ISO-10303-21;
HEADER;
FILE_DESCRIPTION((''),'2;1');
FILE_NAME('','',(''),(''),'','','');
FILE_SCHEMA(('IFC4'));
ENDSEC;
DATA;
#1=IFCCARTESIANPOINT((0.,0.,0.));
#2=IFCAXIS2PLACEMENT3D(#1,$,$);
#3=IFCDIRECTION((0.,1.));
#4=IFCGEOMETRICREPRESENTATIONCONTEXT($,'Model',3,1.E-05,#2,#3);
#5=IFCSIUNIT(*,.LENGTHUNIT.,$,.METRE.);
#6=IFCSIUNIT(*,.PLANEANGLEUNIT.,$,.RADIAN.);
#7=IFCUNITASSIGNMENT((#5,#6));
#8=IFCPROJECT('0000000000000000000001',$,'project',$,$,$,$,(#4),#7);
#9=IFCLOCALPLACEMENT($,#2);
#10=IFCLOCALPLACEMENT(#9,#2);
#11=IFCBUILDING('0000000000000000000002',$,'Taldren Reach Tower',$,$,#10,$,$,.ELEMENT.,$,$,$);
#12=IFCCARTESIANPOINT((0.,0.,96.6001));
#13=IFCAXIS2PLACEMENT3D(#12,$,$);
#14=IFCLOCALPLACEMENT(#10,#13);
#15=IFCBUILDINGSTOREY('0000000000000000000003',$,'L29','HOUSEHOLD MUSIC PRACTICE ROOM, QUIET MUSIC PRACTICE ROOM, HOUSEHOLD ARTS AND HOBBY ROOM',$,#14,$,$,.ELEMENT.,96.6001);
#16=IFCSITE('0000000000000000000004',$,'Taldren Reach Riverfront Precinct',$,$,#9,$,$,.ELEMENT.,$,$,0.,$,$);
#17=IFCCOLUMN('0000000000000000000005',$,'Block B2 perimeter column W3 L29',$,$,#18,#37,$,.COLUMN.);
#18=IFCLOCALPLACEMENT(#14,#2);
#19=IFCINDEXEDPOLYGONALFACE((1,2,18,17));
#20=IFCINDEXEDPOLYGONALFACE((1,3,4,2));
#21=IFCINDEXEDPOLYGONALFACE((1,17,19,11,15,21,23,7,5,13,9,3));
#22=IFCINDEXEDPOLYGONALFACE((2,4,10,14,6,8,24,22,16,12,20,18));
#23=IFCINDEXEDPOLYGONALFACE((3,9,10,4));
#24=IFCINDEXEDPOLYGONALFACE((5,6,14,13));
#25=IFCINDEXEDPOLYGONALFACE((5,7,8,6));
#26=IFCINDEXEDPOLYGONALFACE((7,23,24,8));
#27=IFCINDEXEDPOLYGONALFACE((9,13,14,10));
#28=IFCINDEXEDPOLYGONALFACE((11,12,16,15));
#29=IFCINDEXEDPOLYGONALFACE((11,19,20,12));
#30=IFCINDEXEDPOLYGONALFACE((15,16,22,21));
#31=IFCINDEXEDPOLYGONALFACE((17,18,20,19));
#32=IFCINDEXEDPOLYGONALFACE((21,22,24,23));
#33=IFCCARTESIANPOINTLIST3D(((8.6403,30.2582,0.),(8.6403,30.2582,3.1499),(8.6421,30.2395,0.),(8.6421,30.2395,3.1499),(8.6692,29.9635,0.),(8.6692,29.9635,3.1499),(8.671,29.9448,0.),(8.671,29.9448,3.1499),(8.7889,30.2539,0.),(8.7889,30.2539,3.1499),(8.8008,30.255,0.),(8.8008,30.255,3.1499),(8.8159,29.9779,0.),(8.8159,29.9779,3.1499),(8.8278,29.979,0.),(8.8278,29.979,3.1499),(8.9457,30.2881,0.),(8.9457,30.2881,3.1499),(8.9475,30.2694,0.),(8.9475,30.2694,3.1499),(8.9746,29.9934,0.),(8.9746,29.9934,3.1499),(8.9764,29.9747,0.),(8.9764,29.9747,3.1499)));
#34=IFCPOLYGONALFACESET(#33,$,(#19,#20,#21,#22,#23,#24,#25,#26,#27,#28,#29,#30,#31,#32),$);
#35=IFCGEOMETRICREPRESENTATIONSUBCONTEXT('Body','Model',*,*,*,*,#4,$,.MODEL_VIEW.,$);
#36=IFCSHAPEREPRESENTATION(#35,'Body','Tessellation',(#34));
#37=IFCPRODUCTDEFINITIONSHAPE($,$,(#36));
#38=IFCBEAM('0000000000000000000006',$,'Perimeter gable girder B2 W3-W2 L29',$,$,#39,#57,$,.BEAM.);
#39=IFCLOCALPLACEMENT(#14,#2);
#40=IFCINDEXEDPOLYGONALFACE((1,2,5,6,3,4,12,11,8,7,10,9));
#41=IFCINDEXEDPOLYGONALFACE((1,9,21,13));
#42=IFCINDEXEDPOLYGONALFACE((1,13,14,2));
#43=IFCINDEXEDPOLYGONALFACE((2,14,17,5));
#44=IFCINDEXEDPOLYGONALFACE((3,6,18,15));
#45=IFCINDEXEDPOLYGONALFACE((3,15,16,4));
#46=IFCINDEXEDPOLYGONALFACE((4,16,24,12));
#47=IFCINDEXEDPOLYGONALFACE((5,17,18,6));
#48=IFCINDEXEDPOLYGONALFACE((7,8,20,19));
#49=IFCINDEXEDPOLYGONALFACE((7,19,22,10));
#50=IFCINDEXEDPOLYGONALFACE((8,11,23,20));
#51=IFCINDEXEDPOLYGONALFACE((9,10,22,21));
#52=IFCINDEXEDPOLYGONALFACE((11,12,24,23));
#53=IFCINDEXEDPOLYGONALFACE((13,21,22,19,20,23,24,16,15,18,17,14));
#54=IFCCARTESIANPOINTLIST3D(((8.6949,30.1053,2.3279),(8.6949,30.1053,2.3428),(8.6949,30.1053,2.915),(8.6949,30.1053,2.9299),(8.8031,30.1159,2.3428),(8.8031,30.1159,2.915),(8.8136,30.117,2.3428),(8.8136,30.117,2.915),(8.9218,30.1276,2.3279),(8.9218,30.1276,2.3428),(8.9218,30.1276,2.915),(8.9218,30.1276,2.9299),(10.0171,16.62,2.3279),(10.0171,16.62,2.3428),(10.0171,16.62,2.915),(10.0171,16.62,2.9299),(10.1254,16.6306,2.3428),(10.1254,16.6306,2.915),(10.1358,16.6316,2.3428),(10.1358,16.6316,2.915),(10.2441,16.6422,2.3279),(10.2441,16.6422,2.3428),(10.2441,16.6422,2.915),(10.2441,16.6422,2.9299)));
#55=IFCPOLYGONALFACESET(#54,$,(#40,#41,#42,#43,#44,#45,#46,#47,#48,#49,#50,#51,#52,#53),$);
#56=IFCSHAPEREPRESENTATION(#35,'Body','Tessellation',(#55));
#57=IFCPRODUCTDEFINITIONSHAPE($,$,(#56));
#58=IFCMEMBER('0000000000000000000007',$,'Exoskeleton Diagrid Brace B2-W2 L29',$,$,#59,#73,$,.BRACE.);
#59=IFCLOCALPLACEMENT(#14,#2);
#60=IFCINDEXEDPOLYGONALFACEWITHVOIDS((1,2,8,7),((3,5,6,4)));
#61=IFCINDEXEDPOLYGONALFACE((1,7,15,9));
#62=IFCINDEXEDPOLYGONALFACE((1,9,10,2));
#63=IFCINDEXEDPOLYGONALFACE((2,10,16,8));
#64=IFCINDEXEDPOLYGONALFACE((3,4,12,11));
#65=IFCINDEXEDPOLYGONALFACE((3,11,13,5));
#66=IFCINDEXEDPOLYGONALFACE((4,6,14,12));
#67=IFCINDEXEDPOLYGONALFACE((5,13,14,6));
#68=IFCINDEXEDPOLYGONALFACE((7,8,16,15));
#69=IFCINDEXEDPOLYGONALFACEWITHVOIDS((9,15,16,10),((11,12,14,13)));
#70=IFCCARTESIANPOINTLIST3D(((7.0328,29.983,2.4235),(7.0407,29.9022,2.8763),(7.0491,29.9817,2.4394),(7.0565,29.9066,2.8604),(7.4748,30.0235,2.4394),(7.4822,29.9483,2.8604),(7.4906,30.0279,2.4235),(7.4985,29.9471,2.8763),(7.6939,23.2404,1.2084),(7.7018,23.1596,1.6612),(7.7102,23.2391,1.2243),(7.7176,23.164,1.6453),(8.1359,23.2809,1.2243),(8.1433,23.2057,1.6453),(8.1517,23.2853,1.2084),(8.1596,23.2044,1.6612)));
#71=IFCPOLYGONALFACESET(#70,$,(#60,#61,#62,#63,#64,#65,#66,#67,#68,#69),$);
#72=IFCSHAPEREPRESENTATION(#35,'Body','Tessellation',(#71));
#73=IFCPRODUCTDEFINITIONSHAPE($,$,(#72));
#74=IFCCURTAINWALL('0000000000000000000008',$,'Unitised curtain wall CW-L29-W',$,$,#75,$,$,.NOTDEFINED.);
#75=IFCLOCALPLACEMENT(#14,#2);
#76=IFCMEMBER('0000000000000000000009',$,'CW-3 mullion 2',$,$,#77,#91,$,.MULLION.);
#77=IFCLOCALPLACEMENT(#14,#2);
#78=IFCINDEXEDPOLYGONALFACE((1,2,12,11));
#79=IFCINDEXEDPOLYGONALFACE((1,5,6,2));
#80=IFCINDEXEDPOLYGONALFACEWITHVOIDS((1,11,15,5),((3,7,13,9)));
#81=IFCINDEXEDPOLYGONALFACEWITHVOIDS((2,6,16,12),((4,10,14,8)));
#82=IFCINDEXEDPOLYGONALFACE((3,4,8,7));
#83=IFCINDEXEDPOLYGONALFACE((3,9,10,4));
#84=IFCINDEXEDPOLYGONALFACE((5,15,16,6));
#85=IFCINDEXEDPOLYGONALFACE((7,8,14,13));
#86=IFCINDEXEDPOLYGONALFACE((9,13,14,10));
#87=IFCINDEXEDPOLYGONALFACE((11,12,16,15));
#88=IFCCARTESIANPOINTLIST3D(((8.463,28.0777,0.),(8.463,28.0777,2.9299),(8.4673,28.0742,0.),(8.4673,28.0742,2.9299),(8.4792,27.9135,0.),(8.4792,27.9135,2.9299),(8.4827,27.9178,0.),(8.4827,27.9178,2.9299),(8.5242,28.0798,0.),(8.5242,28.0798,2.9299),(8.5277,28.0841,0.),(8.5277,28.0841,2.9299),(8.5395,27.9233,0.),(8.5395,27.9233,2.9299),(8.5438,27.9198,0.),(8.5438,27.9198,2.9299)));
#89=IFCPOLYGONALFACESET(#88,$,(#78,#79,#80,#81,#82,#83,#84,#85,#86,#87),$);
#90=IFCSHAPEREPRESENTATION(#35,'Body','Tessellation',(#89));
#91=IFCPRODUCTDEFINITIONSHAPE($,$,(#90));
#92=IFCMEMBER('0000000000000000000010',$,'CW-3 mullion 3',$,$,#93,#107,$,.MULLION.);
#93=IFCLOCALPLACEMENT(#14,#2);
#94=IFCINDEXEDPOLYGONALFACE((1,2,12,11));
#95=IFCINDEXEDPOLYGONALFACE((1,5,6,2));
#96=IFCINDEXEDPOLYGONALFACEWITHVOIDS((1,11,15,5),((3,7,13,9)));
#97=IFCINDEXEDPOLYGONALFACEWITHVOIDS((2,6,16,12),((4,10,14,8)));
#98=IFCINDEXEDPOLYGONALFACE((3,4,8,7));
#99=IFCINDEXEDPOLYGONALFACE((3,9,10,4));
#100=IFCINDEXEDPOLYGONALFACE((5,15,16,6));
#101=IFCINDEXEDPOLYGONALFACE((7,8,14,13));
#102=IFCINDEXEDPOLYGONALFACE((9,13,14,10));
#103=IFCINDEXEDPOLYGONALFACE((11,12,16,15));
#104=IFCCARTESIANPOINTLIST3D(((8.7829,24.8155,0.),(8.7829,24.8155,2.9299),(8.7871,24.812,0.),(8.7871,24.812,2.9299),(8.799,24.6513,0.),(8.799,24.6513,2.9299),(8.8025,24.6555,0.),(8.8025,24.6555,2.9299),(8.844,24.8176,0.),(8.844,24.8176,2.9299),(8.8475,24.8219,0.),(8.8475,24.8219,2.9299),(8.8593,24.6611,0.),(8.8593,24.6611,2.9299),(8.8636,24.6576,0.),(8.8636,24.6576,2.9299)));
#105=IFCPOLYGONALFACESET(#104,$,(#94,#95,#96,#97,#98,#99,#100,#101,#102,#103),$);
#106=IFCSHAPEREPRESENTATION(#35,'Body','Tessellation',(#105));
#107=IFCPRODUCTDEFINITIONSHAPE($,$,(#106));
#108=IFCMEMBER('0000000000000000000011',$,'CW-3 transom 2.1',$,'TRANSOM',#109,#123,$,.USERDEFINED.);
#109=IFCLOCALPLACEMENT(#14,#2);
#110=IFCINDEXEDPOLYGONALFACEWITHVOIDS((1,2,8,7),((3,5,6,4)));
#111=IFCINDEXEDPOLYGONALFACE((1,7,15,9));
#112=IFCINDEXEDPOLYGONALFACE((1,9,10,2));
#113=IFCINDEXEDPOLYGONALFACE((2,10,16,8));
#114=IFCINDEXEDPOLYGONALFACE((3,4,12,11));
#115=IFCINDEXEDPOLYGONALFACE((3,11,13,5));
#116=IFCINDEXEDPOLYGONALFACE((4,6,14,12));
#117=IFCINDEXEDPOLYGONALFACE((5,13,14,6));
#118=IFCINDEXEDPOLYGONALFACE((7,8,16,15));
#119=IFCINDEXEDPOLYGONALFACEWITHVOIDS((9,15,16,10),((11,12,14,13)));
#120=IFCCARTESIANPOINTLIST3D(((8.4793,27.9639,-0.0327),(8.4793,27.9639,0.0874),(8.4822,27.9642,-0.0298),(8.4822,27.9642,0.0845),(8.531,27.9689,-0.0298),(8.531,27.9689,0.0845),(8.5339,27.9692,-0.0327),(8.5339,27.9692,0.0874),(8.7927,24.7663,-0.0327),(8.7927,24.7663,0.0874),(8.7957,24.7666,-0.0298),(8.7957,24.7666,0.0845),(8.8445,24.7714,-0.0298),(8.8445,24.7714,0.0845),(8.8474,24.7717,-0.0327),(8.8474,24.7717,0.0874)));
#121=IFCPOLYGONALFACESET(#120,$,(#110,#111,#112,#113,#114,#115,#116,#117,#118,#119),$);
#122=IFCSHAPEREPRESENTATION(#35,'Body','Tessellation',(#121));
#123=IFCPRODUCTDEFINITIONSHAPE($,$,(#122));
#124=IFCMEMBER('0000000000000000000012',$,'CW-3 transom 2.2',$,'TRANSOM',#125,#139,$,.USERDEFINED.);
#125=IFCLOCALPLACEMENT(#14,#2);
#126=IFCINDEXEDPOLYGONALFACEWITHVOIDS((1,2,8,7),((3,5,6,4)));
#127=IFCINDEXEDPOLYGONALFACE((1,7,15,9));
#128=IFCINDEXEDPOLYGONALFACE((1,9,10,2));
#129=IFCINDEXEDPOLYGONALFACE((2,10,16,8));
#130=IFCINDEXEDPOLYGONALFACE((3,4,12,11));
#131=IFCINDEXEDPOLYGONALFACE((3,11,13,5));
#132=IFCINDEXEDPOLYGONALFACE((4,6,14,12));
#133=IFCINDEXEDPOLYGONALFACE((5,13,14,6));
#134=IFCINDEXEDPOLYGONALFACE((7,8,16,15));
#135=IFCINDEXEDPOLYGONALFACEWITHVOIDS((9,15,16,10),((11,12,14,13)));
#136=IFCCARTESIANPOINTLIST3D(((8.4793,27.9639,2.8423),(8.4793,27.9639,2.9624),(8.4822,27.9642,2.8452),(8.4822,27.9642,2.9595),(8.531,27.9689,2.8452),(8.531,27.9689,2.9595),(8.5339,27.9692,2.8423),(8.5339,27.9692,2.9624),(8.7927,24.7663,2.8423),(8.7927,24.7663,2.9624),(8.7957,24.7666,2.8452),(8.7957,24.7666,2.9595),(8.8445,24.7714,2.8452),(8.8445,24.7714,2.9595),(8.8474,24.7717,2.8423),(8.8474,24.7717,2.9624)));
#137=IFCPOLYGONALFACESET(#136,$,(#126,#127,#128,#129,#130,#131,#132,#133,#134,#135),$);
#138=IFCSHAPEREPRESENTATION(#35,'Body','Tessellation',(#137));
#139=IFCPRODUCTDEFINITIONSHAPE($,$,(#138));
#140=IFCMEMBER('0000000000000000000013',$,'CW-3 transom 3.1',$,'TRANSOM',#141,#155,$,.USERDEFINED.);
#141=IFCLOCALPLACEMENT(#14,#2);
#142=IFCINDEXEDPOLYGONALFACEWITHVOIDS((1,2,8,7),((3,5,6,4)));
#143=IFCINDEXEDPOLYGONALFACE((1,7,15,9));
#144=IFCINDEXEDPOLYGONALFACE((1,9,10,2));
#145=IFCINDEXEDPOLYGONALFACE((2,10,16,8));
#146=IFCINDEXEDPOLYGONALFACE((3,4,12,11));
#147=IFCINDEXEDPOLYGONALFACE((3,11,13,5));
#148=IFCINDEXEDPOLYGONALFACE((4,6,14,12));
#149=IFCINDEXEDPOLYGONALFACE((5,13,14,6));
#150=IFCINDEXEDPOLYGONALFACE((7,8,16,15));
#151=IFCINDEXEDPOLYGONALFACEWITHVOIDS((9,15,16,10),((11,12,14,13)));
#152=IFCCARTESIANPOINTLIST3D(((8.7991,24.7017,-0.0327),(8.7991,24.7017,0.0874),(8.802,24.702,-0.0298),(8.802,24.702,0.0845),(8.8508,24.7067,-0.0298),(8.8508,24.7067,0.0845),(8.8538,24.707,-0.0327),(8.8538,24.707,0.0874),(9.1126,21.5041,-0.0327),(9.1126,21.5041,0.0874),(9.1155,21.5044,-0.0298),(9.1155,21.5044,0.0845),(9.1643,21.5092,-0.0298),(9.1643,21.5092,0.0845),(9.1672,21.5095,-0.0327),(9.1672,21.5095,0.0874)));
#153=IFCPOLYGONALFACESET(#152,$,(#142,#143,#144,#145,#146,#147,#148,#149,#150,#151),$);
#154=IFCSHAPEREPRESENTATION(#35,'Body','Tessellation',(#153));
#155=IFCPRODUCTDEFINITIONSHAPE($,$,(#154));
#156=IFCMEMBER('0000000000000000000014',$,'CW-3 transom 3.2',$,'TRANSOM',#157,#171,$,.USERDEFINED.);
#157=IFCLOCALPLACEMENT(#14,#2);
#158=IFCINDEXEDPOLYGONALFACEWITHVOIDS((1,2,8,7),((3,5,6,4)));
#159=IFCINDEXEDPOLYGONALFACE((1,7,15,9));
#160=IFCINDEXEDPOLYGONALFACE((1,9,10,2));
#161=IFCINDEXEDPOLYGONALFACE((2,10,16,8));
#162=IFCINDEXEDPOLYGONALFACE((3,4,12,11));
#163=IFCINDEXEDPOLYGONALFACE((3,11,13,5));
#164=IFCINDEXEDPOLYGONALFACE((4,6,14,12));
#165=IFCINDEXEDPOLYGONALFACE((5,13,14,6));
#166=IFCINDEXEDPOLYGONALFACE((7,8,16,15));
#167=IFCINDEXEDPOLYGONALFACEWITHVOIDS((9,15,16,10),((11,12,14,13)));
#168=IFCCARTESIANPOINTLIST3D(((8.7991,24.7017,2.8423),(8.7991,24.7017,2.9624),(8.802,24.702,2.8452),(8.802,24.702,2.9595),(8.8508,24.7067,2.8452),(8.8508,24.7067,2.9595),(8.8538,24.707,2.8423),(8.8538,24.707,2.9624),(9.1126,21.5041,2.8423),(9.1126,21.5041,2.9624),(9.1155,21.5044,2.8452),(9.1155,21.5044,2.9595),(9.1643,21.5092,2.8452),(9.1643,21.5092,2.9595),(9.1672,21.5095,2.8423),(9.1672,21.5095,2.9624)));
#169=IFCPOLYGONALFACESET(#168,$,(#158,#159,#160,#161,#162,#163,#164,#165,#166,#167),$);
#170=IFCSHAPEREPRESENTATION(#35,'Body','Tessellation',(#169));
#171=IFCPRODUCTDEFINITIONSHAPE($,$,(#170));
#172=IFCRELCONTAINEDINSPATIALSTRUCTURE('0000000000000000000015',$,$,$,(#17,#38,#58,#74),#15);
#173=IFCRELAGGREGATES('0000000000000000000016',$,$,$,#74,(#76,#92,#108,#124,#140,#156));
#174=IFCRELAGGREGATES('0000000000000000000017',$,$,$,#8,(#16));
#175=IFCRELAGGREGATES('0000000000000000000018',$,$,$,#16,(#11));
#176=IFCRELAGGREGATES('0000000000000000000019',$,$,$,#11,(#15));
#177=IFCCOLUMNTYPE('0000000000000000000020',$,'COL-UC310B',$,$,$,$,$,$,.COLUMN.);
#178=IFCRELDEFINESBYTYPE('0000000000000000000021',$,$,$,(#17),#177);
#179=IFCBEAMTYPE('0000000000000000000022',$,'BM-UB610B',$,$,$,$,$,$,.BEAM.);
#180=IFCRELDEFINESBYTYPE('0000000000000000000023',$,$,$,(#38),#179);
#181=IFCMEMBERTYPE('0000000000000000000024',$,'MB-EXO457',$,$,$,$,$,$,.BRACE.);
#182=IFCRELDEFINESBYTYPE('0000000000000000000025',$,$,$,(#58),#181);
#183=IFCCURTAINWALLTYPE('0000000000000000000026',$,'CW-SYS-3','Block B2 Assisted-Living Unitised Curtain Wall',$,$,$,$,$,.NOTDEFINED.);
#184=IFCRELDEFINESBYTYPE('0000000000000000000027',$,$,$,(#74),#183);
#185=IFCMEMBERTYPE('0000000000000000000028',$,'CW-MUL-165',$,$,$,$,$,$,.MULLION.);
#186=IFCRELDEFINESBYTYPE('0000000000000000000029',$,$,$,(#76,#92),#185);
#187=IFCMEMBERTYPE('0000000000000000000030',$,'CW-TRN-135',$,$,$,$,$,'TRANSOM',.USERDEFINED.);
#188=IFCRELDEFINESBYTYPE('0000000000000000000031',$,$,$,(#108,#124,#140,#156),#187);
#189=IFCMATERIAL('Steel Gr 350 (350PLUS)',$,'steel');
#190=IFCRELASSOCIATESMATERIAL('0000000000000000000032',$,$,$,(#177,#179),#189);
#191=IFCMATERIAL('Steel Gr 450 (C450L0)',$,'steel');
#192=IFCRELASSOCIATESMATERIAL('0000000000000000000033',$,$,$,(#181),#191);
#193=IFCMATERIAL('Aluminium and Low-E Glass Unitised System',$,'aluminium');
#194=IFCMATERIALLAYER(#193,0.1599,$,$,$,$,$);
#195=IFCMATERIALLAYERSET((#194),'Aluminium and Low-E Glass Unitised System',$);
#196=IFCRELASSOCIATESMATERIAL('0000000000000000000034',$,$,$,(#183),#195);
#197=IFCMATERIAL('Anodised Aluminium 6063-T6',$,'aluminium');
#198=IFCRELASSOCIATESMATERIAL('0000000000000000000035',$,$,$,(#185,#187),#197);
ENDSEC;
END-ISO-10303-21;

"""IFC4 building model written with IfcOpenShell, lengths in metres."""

from ifc_helpers import new_model, si_unit, direction, frame, origin, origin_2d, place, context, subcontext, project, spatial, hollow_rectangle, i_section, extrude, source, transform, mapped, material, layer, layer_set, material_profile, profile_set, type_object, element, aggregate, save


model = new_model("IFC4")

# Units and contexts
model_context = context("Model", 3, precision=1e-05, world=origin(), true_north=direction((0.0, 1.0)))
body_context = subcontext(model_context, "Body", "Model", "MODEL_VIEW")
ifc_project = project(units=[si_unit("LENGTHUNIT", "METRE"), si_unit("PLANEANGLEUNIT", "RADIAN")], contexts=[model_context])

# Site, building, storey
site_placement = place(None, origin())
site = spatial("IfcSite", under=ifc_project, at=site_placement, Name="Taldren Reach Riverfront Precinct", CompositionType="ELEMENT", RefElevation=0.0)
building_placement = place(site_placement, origin())
building = spatial("IfcBuilding", under=site, at=building_placement, Name="Taldren Reach Tower", CompositionType="ELEMENT")
storey_placement = place(building_placement, frame((0.0, 0.0, 96.6001)))
storey = spatial("IfcBuildingStorey", under=building, at=storey_placement, Name="L29", Description="HOUSEHOLD MUSIC PRACTICE ROOM, QUIET MUSIC PRACTICE ROOM, HOUSEHOLD ARTS AND HOBBY ROOM", CompositionType="ELEMENT", Elevation=96.6001)

# Column
ifc_material_1 = material(Name="Steel Gr 350 (350PLUS)", Category="steel")
ifc_material_profile_1 = material_profile(ifc_material_1, i_section(OverallWidth=0.3069, OverallDepth=0.3149, WebThickness=0.012, FlangeThickness=0.0188, at=origin_2d()), Name="310UC118")
ifc_profile_set_1 = profile_set([ifc_material_profile_1], Name="Steel Gr 350 (350PLUS)")
column_type = type_object("IfcColumnType", Name="COL-UC310B", PredefinedType="COLUMN", material=ifc_profile_set_1)
shared_shape_1 = source(origin(), body_context, "Body", "SweptSolid", [
    extrude(i_section(OverallWidth=0.3069, OverallDepth=0.3149, WebThickness=0.012, FlangeThickness=0.0188, at=origin_2d()), origin(), (0.0, 0.0, 1.0), 3.1499),
])
column_placement = place(storey_placement, frame((8.8083, 30.1165, 0.0), z_axis=(0.0, 0.0, 1.0), x_axis=(0.995227, 0.097583, 0.0)))
element("IfcColumn", 1, at=column_placement, inside=storey, type_object=column_type, Name="Block B2 perimeter column W3 L29", PredefinedType="COLUMN", context=body_context, shape_type="MappedRepresentation", body=[
    mapped(shared_shape_1, transform((0.0, 0.0, 0.0), scale=1.0)),
])

# Beam
ifc_material_profile_2 = material_profile(ifc_material_1, i_section(OverallWidth=0.228, OverallDepth=0.6021, WebThickness=0.0105, FlangeThickness=0.0149, at=origin_2d()), Name="610UB101")
ifc_profile_set_2 = profile_set([ifc_material_profile_2], Name="Steel Gr 350 (350PLUS)")
beam_type = type_object("IfcBeamType", Name="BM-UB610B", PredefinedType="BEAM", material=ifc_profile_set_2)
shared_shape_2 = source(origin(), body_context, "Body", "SweptSolid", [
    extrude(i_section(OverallWidth=0.228, OverallDepth=0.6021, WebThickness=0.0105, FlangeThickness=0.0149, at=origin_2d()), origin(), (0.0, 0.0, 1.0), 13.55),
])
beam_placement = place(storey_placement, frame((8.8083, 30.1165, 2.6289), z_axis=(0.097584, -0.995227, 0.0), x_axis=(0.995227, 0.097584, 0.0)))
element("IfcBeam", 2, at=beam_placement, inside=storey, type_object=beam_type, Name="Perimeter gable girder B2 W3-W2 L29", PredefinedType="BEAM", context=body_context, shape_type="MappedRepresentation", body=[
    mapped(shared_shape_2, transform((0.0, 0.0, 0.0), scale=1.0)),
])

# Member
ifc_material_2 = material(Name="Steel Gr 450 (C450L0)", Category="steel")
ifc_material_profile_3 = material_profile(ifc_material_2, hollow_rectangle(XDim=0.46, YDim=0.46, WallThickness=0.0161, at=origin_2d()), Name="460x460x16.0SHS")
ifc_profile_set_3 = profile_set([ifc_material_profile_3], Name="Steel Gr 450 (C450L0)")
member_type_1 = type_object("IfcMemberType", Name="MB-EXO457", PredefinedType="BRACE", material=ifc_profile_set_3)
shared_shape_3 = source(origin(), body_context, "Body", "SweptSolid", [
    extrude(hollow_rectangle(XDim=0.46, YDim=0.46, WallThickness=0.0161, at=origin_2d()), origin(), (0.0, 0.0, 1.0), 6.8831),
])
member_1_placement = place(storey_placement, frame((7.9268, 23.2224, 1.4348), z_axis=(-0.096051, 0.979597, 0.176532), x_axis=(-0.995227, -0.097584, 0.0)))
element("IfcMember", 3, at=member_1_placement, inside=storey, type_object=member_type_1, Name="Exoskeleton Diagrid Brace B2-W2 L29", PredefinedType="BRACE", context=body_context, shape_type="MappedRepresentation", body=[
    mapped(shared_shape_3, transform((0.0, 0.0, 0.0), scale=1.0)),
])

# Curtain wall, members
ifc_material_3 = material(Name="Aluminium and Low-E Glass Unitised System", Category="aluminium")
ifc_layer_1 = layer(ifc_material_3, 0.1599)
ifc_layer_set_1 = layer_set([ifc_layer_1], Name="Aluminium and Low-E Glass Unitised System")
curtain_wall_type = type_object("IfcCurtainWallType", Name="CW-SYS-3", Description="Block B2 Assisted-Living Unitised Curtain Wall", PredefinedType="NOTDEFINED", material=ifc_layer_set_1)
curtain_wall_placement = place(storey_placement, origin())
curtain_wall = element("IfcCurtainWall", 4, at=curtain_wall_placement, inside=storey, type_object=curtain_wall_type, Name="Unitised curtain wall CW-L29-W", PredefinedType="NOTDEFINED")
ifc_material_4 = material(Name="Anodised Aluminium 6063-T6", Category="aluminium")
ifc_material_profile_4 = material_profile(ifc_material_4, hollow_rectangle(XDim=0.0649, YDim=0.165, WallThickness=0.0039, at=origin_2d()), Name="ALU-165x65x4RHS")
ifc_profile_set_4 = profile_set([ifc_material_profile_4], Name="Anodised Aluminium 6063-T6")
member_type_2 = type_object("IfcMemberType", Name="CW-MUL-165", PredefinedType="MULLION", material=ifc_profile_set_4)
shared_shape_4 = source(origin(), body_context, "Body", "SweptSolid", [
    extrude(hollow_rectangle(XDim=0.0649, YDim=0.165, WallThickness=0.0039, at=origin_2d()), origin(), (0.0, 0.0, 1.0), 2.9299),
])
member_2_placement = place(storey_placement, frame((8.5034, 27.9988, 0.0), z_axis=(0.0, 0.0, 1.0), x_axis=(0.995227, 0.097583, 0.0)))
member_2 = element("IfcMember", 5, at=member_2_placement, type_object=member_type_2, Name="CW-3 mullion 2", PredefinedType="MULLION", context=body_context, shape_type="MappedRepresentation", body=[
    mapped(shared_shape_4, transform((0.0, 0.0, 0.0), scale=1.0)),
])
member_3_placement = place(storey_placement, frame((8.8232, 24.7366, 0.0), z_axis=(0.0, 0.0, 1.0), x_axis=(0.995227, 0.097583, 0.0)))
member_3 = element("IfcMember", 6, at=member_3_placement, type_object=member_type_2, Name="CW-3 mullion 3", PredefinedType="MULLION", context=body_context, shape_type="MappedRepresentation", body=[
    mapped(shared_shape_4, transform((0.0, 0.0, 0.0), scale=1.0)),
])
ifc_material_profile_5 = material_profile(ifc_material_4, hollow_rectangle(XDim=0.0549, YDim=0.1201, WallThickness=0.0029, at=origin_2d()), Name="ALU-120x55x3RHS")
ifc_profile_set_5 = profile_set([ifc_material_profile_5], Name="Anodised Aluminium 6063-T6")
member_type_3 = type_object("IfcMemberType", Name="CW-TRN-135", ElementType="TRANSOM", PredefinedType="USERDEFINED", material=ifc_profile_set_5)
shared_shape_5 = source(origin(), body_context, "Body", "SweptSolid", [
    extrude(hollow_rectangle(XDim=0.0549, YDim=0.1201, WallThickness=0.0029, at=origin_2d()), origin(), (0.0, 0.0, 1.0), 3.2129),
])
member_4_placement = place(storey_placement, frame((8.5066, 27.9666, 0.0273), z_axis=(0.09757, -0.995229, 0.0), x_axis=(0.995229, 0.09757, 0.0)))
member_4 = element("IfcMember", 7, at=member_4_placement, type_object=member_type_3, Name="CW-3 transom 2.1", ObjectType="TRANSOM", PredefinedType="USERDEFINED", context=body_context, shape_type="MappedRepresentation", body=[
    mapped(shared_shape_5, transform((0.0, 0.0, 0.0), scale=1.0)),
])
member_5_placement = place(storey_placement, frame((8.5066, 27.9666, 2.9023), z_axis=(0.09757, -0.995229, 0.0), x_axis=(0.995229, 0.09757, 0.0)))
member_5 = element("IfcMember", 8, at=member_5_placement, type_object=member_type_3, Name="CW-3 transom 2.2", ObjectType="TRANSOM", PredefinedType="USERDEFINED", context=body_context, shape_type="MappedRepresentation", body=[
    mapped(shared_shape_5, transform((0.0, 0.0, 0.0), scale=1.0)),
])
member_6_placement = place(storey_placement, frame((8.8264, 24.7043, 0.0273), z_axis=(0.09757, -0.995229, 0.0), x_axis=(0.995229, 0.09757, 0.0)))
member_6 = element("IfcMember", 9, at=member_6_placement, type_object=member_type_3, Name="CW-3 transom 3.1", ObjectType="TRANSOM", PredefinedType="USERDEFINED", context=body_context, shape_type="MappedRepresentation", body=[
    mapped(shared_shape_5, transform((0.0, 0.0, 0.0), scale=1.0)),
])
member_7_placement = place(storey_placement, frame((8.8264, 24.7043, 2.9023), z_axis=(0.09757, -0.995229, 0.0), x_axis=(0.995229, 0.09757, 0.0)))
member_7 = element("IfcMember", 10, at=member_7_placement, type_object=member_type_3, Name="CW-3 transom 3.2", ObjectType="TRANSOM", PredefinedType="USERDEFINED", context=body_context, shape_type="MappedRepresentation", body=[
    mapped(shared_shape_5, transform((0.0, 0.0, 0.0), scale=1.0)),
])

aggregate(curtain_wall, [member_2, member_3, member_4, member_5, member_6, member_7])

save(model, "model.ifc")
